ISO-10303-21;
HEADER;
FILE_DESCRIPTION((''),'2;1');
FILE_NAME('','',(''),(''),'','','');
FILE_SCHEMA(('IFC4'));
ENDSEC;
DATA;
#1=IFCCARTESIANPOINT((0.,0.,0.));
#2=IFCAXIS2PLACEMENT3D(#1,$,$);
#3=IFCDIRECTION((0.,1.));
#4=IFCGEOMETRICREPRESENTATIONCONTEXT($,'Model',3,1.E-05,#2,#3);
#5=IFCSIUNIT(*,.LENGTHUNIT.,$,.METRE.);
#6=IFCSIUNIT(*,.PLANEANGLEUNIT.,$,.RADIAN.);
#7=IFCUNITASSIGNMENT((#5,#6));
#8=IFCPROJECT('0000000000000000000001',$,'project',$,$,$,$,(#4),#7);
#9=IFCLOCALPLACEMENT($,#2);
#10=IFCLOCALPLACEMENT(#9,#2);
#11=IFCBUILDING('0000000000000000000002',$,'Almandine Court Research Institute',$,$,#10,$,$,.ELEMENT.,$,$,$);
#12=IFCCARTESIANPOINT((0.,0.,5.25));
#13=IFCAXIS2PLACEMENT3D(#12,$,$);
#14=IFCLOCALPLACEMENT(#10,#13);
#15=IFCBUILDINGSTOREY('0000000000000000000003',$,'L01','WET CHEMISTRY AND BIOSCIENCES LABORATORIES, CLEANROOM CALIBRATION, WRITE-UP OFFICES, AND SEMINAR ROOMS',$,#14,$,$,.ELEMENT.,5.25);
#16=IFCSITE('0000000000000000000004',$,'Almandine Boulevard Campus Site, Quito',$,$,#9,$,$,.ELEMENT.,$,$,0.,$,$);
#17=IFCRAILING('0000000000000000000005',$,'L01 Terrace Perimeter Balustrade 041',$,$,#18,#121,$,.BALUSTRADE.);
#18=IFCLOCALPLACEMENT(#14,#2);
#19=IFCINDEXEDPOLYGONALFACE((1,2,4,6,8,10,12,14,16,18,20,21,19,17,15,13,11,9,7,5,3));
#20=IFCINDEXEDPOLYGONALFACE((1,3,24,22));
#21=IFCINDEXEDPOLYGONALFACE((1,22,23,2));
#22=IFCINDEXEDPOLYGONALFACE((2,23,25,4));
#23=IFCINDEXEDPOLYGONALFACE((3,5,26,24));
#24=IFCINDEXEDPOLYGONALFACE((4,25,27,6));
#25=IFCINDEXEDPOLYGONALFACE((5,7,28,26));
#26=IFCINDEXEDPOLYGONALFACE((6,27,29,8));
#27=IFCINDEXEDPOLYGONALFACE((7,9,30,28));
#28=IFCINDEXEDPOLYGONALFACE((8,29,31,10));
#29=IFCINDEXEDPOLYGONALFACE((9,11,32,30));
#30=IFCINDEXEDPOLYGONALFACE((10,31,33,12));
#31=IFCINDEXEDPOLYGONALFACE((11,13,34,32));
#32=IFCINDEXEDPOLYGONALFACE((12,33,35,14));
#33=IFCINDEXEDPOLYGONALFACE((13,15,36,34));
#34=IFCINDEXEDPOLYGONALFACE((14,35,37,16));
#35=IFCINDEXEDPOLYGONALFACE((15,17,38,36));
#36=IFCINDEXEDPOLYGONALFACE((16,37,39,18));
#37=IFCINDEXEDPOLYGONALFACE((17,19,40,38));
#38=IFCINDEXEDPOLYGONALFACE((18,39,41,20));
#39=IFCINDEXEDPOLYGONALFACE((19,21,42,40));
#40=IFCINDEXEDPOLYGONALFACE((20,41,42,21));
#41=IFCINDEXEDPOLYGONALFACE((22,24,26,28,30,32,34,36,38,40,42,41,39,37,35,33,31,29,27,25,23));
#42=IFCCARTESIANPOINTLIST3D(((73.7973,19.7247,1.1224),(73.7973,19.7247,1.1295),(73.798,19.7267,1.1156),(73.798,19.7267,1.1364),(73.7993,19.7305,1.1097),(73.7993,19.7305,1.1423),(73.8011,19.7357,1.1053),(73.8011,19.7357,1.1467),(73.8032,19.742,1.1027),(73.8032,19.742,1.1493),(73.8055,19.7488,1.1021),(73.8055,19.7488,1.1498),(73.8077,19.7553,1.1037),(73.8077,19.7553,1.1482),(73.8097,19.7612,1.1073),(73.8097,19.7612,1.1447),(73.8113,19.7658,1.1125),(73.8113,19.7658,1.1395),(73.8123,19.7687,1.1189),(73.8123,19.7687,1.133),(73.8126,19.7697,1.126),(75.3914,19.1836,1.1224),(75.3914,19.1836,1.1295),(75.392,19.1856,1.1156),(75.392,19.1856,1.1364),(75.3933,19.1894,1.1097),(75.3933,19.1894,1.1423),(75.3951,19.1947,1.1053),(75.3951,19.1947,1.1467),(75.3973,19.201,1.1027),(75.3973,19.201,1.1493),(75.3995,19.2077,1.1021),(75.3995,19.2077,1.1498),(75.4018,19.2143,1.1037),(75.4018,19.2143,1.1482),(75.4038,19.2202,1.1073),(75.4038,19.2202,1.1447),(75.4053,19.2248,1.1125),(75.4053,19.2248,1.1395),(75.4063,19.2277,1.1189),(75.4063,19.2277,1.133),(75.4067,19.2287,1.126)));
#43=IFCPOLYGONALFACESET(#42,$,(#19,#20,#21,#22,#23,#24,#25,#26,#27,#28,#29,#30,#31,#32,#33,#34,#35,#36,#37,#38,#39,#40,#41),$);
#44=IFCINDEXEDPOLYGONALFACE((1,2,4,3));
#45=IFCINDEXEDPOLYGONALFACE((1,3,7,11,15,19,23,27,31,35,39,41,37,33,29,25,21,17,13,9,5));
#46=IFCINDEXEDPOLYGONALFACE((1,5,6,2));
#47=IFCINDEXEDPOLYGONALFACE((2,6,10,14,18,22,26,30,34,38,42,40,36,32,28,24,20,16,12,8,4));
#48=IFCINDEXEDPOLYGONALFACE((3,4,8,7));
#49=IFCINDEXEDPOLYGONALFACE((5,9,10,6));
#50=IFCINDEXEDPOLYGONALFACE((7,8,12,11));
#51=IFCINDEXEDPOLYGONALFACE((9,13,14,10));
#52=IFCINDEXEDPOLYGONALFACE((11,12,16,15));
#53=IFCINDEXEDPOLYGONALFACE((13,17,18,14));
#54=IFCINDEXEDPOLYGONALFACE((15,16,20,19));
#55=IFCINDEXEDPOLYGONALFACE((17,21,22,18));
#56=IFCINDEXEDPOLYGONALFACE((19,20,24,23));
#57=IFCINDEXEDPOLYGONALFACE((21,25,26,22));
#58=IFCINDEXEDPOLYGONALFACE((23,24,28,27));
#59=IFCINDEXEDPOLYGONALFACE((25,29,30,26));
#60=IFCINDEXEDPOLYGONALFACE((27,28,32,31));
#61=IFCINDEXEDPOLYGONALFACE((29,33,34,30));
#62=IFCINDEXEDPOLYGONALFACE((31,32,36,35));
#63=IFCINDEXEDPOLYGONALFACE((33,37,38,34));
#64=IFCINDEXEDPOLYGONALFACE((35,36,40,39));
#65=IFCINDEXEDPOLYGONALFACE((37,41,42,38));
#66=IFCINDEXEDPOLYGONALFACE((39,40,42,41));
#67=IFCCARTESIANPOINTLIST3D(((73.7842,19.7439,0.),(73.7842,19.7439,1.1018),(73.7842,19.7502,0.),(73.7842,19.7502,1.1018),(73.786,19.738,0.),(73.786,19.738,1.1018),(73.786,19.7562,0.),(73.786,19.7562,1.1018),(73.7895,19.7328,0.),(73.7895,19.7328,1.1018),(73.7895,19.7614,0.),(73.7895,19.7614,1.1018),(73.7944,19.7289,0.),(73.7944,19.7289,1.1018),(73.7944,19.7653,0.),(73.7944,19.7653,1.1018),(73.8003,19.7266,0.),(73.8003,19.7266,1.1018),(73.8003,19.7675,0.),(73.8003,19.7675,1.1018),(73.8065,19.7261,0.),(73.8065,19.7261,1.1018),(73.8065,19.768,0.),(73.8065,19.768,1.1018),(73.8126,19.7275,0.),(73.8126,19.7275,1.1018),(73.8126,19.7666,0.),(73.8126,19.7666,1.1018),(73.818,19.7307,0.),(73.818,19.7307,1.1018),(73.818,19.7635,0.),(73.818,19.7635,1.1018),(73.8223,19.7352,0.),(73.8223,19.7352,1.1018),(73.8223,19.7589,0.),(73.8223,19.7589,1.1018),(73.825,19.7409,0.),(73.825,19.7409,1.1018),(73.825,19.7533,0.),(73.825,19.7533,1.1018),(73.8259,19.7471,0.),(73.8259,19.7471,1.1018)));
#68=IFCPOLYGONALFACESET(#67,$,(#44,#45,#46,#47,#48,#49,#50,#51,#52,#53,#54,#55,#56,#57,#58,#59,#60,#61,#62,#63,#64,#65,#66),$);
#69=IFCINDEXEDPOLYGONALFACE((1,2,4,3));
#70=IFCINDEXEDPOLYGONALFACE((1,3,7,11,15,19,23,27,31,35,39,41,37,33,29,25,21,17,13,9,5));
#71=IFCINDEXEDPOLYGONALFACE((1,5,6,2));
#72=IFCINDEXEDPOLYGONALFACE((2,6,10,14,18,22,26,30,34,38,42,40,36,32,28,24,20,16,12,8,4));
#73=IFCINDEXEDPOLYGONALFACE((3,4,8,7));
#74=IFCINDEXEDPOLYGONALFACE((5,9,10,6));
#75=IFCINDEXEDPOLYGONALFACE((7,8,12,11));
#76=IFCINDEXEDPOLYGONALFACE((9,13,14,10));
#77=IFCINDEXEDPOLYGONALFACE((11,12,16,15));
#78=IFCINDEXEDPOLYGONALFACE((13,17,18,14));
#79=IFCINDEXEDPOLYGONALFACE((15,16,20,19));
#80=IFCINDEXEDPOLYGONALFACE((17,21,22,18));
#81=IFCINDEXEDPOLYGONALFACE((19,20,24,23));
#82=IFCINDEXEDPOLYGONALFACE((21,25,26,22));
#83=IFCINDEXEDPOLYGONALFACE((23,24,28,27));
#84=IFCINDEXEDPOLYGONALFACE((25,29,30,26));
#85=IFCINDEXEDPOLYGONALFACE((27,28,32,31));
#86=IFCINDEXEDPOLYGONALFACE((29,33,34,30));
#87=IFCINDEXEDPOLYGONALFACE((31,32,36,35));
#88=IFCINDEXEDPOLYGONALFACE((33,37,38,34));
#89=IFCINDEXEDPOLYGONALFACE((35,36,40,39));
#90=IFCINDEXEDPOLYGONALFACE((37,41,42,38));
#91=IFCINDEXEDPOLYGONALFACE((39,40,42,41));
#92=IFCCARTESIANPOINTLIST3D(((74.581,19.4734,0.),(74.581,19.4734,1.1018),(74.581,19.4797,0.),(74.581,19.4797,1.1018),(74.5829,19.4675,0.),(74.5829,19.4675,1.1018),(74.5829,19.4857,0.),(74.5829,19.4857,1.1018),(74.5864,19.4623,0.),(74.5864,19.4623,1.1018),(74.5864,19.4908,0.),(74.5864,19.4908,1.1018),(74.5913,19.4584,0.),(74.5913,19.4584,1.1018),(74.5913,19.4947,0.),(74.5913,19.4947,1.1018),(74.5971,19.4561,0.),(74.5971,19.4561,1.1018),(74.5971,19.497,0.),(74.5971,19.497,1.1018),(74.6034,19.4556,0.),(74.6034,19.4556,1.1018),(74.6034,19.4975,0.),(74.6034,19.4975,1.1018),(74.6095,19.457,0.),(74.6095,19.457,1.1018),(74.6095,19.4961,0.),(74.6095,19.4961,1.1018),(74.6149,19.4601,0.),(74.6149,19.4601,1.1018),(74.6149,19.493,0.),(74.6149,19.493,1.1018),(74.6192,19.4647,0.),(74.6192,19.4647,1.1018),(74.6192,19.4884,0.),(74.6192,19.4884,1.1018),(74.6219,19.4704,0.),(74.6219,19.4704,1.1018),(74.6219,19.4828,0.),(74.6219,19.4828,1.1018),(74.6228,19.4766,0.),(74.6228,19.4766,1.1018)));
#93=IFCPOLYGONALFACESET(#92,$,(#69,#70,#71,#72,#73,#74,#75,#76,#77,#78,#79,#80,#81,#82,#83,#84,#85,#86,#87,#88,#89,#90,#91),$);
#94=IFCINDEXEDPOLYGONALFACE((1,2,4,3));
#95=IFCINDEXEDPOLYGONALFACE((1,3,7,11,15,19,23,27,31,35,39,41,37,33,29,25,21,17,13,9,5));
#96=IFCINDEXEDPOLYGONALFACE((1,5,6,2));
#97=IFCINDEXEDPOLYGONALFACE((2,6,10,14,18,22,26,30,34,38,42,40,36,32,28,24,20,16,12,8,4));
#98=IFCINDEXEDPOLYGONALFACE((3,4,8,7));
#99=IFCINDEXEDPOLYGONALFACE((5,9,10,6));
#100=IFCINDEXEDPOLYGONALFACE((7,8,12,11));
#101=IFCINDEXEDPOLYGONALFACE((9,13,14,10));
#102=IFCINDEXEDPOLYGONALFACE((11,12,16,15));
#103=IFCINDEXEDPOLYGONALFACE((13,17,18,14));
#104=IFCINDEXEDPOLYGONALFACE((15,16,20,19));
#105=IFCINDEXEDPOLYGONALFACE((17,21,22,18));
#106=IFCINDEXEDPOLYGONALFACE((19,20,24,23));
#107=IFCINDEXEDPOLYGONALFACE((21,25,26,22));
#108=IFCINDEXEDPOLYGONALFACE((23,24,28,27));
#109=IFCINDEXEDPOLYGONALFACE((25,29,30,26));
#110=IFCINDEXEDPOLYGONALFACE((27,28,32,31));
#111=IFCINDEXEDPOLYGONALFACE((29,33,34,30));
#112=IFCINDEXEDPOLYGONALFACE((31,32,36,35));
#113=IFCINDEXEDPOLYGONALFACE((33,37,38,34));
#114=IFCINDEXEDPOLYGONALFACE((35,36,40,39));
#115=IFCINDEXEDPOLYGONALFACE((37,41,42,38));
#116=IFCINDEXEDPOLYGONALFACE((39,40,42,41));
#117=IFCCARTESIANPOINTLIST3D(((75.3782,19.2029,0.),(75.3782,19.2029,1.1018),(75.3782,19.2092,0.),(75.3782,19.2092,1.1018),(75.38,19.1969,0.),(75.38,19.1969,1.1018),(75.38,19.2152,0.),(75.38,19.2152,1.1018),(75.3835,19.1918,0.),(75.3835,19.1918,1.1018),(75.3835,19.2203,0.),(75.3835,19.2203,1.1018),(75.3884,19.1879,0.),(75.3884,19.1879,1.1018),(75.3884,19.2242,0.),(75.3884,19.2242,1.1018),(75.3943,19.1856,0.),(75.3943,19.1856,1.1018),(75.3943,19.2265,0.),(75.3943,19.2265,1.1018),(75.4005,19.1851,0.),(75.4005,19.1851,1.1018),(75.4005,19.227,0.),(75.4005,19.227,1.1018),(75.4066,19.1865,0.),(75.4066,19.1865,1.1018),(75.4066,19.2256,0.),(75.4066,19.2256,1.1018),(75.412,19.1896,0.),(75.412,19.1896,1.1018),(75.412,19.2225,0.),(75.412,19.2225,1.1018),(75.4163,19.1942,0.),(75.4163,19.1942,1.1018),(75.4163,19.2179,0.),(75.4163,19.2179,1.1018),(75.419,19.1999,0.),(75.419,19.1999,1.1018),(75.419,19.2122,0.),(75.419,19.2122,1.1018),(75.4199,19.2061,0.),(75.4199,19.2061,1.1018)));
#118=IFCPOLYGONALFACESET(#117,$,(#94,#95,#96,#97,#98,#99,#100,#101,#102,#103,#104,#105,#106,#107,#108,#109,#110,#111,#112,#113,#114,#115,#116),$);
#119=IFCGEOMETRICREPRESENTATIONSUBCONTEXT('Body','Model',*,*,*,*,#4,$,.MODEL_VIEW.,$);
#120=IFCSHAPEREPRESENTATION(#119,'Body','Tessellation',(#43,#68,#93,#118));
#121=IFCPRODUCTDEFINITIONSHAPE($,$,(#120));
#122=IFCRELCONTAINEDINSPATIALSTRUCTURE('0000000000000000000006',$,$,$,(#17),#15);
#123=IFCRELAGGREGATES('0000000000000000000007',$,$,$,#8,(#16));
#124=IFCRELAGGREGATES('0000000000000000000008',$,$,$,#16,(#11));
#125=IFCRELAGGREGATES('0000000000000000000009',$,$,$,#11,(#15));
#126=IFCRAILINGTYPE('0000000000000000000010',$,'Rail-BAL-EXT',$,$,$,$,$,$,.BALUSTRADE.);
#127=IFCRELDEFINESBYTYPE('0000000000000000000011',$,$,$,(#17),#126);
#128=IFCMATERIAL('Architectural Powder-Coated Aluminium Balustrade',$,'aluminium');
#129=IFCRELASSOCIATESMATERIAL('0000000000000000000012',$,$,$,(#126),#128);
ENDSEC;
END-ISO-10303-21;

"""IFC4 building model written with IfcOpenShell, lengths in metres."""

from ifc_helpers import new_model, si_unit, direction, frame, origin, origin_2d, place, context, subcontext, project, spatial, circle, extrude, material, type_object, element, save


model = new_model("IFC4")

# Units and contexts
model_context = context("Model", 3, precision=1e-05, world=origin(), true_north=direction((0.0, 1.0)))
body_context = subcontext(model_context, "Body", "Model", "MODEL_VIEW")
ifc_project = project(units=[si_unit("LENGTHUNIT", "METRE"), si_unit("PLANEANGLEUNIT", "RADIAN")], contexts=[model_context])

# Site, building, storey
site_placement = place(None, origin())
site = spatial("IfcSite", under=ifc_project, at=site_placement, Name="Almandine Boulevard Campus Site, Quito", CompositionType="ELEMENT", RefElevation=0.0)
building_placement = place(site_placement, origin())
building = spatial("IfcBuilding", under=site, at=building_placement, Name="Almandine Court Research Institute", CompositionType="ELEMENT")
storey_placement = place(building_placement, frame((0.0, 0.0, 5.25)))
storey = spatial("IfcBuildingStorey", under=building, at=storey_placement, Name="L01", Description="WET CHEMISTRY AND BIOSCIENCES LABORATORIES, CLEANROOM CALIBRATION, WRITE-UP OFFICES, AND SEMINAR ROOMS", CompositionType="ELEMENT", Elevation=5.25)

# Railing
ifc_material_1 = material(Name="Architectural Powder-Coated Aluminium Balustrade", Category="aluminium")
railing_type = type_object("IfcRailingType", Name="Rail-BAL-EXT", PredefinedType="BALUSTRADE", material=ifc_material_1)
railing_1_placement = place(storey_placement, frame((73.8049, 19.7471, 0.0)))
element("IfcRailing", 1, at=railing_1_placement, inside=storey, type_object=railing_type, Name="L01 Terrace Perimeter Balustrade 041", PredefinedType="BALUSTRADE", context=body_context, shape_type="SweptSolid", body=[
    extrude(circle(Radius=0.0239, at=origin_2d()), frame((0.0, 0.0, 1.126), z_axis=(0.946943, -0.321401, 0.0), x_axis=(0.321401, 0.946943, 0.0)), (0.0, 0.0, 1.0), 1.6833),
    extrude(circle(Radius=0.021, at=origin_2d()), origin(), (0.0, 0.0, 1.0), 1.1018),
    extrude(circle(Radius=0.021, at=origin_2d()), frame((0.7969, -0.2705, 0.0)), (0.0, 0.0, 1.0), 1.1018),
    extrude(circle(Radius=0.021, at=origin_2d()), frame((1.594, -0.541, 0.0)), (0.0, 0.0, 1.0), 1.1018),
])

save(model, "model.ifc")
